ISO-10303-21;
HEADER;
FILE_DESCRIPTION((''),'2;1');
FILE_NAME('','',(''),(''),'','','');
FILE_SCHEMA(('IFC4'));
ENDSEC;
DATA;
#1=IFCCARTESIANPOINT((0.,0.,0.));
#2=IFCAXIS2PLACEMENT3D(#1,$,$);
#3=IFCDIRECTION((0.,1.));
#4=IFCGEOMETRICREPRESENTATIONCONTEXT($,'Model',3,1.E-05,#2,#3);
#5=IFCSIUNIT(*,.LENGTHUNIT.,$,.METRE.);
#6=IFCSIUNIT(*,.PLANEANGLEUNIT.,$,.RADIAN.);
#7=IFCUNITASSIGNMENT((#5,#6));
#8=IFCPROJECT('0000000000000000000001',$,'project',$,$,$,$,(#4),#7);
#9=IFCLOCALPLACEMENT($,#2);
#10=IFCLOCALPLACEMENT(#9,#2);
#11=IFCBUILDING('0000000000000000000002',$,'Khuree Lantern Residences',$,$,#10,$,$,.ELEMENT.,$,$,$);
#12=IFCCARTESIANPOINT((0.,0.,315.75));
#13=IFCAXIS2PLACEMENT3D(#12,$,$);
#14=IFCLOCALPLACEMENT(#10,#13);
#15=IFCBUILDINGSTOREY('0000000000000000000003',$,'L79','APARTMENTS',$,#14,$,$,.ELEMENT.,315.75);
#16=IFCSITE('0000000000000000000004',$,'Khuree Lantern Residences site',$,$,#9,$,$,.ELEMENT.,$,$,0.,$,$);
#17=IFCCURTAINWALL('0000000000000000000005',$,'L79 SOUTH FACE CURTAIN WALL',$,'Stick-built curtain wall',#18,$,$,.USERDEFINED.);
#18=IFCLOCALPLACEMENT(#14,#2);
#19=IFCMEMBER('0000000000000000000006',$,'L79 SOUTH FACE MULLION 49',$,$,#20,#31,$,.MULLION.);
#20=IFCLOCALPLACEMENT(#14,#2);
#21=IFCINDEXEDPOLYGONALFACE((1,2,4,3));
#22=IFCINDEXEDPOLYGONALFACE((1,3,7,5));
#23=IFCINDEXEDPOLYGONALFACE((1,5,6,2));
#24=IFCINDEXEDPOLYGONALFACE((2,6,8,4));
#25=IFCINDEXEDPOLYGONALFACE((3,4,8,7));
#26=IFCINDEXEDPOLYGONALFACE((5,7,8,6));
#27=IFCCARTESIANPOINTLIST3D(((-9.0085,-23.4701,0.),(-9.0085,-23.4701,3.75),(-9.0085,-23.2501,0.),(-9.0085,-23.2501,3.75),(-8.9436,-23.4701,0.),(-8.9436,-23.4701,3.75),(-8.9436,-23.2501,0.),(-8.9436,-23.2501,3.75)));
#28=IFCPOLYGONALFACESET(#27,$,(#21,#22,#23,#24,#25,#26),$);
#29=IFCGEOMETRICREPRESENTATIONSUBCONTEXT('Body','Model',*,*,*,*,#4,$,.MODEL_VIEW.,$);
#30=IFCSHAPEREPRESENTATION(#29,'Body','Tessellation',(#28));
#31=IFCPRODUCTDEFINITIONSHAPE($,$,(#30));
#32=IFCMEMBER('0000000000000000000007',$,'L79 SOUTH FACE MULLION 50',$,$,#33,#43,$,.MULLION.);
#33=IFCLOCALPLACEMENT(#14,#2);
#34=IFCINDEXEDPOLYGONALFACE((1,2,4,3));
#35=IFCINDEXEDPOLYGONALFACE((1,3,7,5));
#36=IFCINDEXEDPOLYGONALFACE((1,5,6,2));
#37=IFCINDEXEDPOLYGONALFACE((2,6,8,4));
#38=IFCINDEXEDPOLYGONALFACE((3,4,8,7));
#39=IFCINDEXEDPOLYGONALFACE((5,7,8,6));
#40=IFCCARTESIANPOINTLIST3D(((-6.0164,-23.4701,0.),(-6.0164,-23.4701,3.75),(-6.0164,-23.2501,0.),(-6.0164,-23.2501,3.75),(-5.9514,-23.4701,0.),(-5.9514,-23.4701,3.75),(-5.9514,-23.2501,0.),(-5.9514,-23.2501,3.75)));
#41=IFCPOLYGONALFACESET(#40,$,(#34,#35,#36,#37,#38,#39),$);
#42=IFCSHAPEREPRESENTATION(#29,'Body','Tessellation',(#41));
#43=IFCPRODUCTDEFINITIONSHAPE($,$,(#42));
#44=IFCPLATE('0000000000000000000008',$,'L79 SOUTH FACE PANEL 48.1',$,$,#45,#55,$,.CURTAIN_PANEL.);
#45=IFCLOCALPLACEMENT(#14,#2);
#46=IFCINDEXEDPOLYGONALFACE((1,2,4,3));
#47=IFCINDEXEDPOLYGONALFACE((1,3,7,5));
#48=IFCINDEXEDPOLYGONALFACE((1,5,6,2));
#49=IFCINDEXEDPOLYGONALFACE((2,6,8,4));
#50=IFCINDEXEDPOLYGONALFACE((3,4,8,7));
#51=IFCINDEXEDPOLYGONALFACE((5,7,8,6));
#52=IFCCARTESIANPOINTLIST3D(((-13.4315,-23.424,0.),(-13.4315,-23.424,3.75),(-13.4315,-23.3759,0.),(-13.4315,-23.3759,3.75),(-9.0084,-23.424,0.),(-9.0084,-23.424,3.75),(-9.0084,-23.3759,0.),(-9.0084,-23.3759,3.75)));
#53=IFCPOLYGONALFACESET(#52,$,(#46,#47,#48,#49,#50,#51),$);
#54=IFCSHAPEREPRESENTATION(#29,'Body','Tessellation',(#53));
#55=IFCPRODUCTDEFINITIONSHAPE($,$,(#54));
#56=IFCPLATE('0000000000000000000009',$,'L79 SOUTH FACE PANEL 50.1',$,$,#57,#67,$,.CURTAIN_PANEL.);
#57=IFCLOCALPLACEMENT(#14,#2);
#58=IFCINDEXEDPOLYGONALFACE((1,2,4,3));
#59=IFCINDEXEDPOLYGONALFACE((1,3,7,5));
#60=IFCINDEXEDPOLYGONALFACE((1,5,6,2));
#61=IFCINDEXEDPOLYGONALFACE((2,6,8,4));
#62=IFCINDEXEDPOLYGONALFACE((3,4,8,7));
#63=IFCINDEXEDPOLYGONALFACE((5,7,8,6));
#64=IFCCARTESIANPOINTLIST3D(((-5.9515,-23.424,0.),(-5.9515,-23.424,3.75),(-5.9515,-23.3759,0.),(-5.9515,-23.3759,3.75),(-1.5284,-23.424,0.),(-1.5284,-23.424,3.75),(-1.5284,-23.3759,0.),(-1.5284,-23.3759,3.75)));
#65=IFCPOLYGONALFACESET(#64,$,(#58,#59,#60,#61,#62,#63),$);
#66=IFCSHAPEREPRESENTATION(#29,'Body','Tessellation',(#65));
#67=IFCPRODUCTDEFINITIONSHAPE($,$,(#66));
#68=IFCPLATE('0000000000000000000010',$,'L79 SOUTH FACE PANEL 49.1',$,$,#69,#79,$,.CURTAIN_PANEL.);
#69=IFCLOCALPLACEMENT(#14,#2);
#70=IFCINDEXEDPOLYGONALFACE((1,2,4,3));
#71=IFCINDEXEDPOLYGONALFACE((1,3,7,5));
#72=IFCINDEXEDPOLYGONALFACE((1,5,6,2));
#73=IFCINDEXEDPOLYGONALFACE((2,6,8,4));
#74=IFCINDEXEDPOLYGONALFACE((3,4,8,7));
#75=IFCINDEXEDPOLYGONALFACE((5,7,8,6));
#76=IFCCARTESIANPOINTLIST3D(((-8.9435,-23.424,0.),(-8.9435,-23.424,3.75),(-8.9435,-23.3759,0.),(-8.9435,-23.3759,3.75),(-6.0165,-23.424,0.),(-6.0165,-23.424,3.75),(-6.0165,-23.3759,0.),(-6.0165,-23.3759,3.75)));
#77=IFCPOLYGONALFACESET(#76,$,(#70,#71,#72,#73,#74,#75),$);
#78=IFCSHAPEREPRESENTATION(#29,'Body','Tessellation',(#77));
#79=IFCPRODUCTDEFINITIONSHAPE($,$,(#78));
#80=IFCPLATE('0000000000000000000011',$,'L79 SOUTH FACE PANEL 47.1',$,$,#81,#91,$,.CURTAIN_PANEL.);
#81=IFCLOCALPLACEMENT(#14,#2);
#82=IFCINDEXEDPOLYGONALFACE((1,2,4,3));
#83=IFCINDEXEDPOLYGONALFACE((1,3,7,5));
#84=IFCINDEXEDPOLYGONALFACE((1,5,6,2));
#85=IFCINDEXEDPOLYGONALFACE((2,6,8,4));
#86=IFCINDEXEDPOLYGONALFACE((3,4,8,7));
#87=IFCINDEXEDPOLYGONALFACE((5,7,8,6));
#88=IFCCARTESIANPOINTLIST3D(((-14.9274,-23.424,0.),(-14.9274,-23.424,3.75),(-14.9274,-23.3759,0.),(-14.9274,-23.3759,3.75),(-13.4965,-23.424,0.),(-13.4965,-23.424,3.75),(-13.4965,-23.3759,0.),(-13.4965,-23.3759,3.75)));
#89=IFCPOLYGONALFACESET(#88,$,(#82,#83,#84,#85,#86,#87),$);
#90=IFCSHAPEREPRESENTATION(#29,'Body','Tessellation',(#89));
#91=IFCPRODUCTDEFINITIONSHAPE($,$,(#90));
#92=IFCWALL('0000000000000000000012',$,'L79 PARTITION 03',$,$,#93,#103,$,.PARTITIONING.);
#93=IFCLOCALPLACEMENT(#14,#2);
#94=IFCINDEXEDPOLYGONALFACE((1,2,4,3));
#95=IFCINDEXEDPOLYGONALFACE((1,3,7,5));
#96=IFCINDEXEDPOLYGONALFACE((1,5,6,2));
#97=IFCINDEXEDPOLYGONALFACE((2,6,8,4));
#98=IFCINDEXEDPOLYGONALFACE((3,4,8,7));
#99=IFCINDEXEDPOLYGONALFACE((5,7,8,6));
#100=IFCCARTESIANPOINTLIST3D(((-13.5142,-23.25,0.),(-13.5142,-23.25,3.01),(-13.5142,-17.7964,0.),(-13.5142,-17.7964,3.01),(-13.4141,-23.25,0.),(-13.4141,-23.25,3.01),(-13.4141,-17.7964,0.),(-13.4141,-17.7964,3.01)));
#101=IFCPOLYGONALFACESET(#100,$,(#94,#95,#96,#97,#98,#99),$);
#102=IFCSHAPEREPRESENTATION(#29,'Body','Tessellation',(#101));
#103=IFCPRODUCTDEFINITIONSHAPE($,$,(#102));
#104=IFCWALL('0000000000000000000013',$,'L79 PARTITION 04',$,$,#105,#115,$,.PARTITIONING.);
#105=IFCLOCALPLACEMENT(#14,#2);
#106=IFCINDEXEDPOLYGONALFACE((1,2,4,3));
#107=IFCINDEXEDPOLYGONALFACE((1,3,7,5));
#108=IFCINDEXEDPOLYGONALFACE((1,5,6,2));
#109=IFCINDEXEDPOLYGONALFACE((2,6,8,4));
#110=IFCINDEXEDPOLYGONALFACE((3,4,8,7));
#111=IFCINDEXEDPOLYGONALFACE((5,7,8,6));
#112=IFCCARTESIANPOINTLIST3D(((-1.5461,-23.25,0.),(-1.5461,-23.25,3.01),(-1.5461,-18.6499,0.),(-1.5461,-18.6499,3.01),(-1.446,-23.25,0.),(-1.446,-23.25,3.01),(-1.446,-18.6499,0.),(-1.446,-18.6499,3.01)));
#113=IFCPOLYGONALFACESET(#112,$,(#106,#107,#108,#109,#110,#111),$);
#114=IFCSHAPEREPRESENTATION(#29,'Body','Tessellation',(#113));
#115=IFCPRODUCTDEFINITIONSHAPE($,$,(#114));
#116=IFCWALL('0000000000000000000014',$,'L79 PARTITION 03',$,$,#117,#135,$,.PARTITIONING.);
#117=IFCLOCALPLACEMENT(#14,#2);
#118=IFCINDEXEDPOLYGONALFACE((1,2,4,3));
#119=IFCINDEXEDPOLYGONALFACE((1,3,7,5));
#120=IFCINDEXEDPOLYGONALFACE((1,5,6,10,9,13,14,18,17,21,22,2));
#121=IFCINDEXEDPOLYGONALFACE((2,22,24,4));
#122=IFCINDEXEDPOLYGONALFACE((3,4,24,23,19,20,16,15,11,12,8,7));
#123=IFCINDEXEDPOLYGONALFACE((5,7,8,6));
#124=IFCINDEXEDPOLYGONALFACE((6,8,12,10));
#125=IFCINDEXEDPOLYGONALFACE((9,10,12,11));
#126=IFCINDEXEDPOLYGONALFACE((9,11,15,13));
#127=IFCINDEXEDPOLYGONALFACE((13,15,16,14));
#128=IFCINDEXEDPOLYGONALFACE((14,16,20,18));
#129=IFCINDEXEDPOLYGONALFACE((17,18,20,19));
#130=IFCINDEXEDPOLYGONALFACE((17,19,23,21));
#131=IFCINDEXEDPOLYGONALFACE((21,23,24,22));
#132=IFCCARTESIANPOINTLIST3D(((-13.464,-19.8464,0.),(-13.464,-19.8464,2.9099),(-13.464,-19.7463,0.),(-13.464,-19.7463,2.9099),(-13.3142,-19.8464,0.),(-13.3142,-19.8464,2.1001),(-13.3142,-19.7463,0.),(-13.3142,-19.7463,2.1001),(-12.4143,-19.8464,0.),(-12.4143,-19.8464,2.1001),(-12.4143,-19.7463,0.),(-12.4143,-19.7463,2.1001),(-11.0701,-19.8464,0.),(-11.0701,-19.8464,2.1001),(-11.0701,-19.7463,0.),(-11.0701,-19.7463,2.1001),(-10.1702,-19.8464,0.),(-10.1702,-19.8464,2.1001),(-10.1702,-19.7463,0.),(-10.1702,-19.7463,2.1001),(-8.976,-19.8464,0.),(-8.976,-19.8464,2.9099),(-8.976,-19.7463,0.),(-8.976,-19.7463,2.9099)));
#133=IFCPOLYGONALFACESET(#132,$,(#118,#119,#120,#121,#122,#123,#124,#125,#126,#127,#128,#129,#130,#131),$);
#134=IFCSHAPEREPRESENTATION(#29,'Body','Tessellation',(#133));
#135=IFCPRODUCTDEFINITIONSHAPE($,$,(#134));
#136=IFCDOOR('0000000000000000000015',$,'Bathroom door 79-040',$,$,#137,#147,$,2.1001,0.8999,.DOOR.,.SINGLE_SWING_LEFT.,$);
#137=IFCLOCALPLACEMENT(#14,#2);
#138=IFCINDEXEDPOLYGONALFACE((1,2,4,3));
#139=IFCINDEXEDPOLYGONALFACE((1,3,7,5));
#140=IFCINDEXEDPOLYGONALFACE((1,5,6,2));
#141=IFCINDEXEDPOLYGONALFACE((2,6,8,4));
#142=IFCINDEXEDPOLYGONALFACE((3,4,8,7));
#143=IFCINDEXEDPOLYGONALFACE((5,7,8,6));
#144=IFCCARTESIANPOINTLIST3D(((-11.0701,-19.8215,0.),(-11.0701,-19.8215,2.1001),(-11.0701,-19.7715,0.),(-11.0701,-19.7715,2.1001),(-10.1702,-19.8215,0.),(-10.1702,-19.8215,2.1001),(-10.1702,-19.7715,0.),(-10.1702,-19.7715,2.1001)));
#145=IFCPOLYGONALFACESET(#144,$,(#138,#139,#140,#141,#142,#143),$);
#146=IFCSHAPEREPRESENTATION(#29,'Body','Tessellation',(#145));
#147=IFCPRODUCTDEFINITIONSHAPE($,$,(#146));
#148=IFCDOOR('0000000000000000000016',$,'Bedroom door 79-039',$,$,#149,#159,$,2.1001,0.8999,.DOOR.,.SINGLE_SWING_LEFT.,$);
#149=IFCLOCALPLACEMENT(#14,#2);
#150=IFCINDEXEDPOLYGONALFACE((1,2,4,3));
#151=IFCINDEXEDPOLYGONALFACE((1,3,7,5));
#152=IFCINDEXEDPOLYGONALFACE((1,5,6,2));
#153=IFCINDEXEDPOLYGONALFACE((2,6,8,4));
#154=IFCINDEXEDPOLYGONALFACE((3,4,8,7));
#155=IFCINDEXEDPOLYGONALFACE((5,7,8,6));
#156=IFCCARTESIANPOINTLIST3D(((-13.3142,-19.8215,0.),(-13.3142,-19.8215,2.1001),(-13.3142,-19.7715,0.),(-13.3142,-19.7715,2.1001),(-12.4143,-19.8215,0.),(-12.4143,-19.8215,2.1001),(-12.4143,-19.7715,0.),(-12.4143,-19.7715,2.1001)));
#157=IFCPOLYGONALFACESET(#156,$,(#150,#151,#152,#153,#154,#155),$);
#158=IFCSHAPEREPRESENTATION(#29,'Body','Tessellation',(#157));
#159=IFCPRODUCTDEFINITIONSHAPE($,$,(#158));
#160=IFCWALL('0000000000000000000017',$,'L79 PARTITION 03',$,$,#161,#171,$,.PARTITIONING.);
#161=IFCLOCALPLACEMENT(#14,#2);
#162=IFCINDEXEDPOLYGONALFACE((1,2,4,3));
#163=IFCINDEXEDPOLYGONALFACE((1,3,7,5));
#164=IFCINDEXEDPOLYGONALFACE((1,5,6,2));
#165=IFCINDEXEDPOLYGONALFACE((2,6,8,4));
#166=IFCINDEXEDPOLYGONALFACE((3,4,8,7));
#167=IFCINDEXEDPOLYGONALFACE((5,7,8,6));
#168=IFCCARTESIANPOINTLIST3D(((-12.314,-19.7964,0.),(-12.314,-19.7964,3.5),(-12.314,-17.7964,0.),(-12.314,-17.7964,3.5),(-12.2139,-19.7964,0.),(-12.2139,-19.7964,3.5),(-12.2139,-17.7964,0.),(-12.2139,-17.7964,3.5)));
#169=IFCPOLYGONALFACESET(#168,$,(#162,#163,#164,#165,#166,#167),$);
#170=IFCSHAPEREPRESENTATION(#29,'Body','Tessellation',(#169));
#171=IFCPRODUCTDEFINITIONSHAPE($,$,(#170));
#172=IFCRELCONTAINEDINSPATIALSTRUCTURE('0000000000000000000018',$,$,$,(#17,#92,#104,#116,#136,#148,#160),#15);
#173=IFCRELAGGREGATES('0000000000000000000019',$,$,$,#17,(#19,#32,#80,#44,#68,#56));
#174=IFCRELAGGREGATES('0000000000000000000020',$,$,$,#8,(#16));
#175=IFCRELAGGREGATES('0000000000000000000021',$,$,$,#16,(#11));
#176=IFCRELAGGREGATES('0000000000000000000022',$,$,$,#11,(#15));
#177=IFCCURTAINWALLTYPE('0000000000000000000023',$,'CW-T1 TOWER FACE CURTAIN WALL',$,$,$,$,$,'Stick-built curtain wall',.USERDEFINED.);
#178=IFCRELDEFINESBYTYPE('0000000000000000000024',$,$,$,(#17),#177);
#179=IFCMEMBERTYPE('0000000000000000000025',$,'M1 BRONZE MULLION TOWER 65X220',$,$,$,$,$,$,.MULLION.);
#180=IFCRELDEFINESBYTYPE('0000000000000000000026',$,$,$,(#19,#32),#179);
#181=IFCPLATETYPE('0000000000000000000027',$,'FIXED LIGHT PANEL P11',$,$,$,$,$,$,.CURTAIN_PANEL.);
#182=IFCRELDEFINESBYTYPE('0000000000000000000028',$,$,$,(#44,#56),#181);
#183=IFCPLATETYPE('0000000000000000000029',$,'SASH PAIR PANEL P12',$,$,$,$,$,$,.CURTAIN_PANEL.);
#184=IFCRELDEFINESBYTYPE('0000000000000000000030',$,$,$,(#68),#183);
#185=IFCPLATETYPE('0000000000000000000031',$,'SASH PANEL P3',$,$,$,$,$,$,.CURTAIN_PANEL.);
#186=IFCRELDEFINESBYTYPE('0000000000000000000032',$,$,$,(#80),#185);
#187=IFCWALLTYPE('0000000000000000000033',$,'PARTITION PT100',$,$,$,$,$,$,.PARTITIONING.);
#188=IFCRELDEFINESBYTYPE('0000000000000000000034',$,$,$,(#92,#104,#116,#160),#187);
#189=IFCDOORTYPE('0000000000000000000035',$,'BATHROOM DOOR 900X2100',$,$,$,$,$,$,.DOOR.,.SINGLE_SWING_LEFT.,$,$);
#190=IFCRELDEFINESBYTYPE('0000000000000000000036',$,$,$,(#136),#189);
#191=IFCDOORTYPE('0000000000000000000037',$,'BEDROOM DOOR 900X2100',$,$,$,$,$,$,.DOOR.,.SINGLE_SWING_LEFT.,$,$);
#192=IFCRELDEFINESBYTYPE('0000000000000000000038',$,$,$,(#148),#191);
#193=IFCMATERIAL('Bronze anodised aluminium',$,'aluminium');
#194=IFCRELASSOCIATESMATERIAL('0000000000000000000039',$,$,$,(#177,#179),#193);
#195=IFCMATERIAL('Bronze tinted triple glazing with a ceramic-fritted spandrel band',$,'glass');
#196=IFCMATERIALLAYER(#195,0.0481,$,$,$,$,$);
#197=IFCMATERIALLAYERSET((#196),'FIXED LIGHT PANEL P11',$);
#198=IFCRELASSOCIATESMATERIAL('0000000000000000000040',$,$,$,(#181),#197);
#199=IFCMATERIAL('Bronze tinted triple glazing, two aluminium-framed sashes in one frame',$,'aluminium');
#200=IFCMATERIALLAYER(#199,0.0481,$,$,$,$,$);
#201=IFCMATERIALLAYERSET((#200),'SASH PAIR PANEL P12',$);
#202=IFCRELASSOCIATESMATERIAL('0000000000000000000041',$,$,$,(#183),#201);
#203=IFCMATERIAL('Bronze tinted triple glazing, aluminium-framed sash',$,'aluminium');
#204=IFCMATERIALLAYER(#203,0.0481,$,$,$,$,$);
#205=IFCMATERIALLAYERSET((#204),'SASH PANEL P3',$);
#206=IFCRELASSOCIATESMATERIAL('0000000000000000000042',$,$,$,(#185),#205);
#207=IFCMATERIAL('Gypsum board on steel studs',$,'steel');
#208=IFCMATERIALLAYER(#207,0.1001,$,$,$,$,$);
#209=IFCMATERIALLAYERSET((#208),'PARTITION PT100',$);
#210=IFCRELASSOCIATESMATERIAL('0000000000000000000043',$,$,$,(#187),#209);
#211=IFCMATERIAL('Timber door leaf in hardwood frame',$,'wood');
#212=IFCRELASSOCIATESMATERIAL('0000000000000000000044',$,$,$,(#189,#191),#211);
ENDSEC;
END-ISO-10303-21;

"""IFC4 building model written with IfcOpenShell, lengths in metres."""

from ifc_helpers import new_model, si_unit, direction, frame, frame_2d, origin, origin_2d, place, context, subcontext, project, spatial, rectangle, extrude, material, layer, layer_set, material_profile, profile_set, type_object, element, fill, aggregate, save


model = new_model("IFC4")

# Units and contexts
model_context = context("Model", 3, precision=1e-05, world=origin(), true_north=direction((0.0, 1.0)))
body_context = subcontext(model_context, "Body", "Model", "MODEL_VIEW")
ifc_project = project(units=[si_unit("LENGTHUNIT", "METRE"), si_unit("PLANEANGLEUNIT", "RADIAN")], contexts=[model_context])

# Site, building, storey
site_placement = place(None, origin())
site = spatial("IfcSite", under=ifc_project, at=site_placement, Name="Khuree Lantern Residences site", CompositionType="ELEMENT", RefElevation=0.0)
building_placement = place(site_placement, origin())
building = spatial("IfcBuilding", under=site, at=building_placement, Name="Khuree Lantern Residences", CompositionType="ELEMENT")
storey_placement = place(building_placement, frame((0.0, 0.0, 315.75)))
storey = spatial("IfcBuildingStorey", under=building, at=storey_placement, Name="L79", Description="APARTMENTS", CompositionType="ELEMENT", Elevation=315.75)

# Curtain wall
ifc_material_1 = material(Name="Bronze anodised aluminium", Category="aluminium")
curtain_wall_type = type_object("IfcCurtainWallType", Name="CW-T1 TOWER FACE CURTAIN WALL", ElementType="Stick-built curtain wall", PredefinedType="USERDEFINED", material=ifc_material_1)
curtain_wall_placement = place(storey_placement, origin())
curtain_wall = element("IfcCurtainWall", 1, at=curtain_wall_placement, inside=storey, type_object=curtain_wall_type, Name="L79 SOUTH FACE CURTAIN WALL", ObjectType="Stick-built curtain wall", PredefinedType="USERDEFINED")

# Members
ifc_material_profile_1 = material_profile(ifc_material_1, rectangle(XDim=0.0649, YDim=0.22, at=origin_2d()), Name="M1 65X220")
ifc_profile_set_1 = profile_set([ifc_material_profile_1], Name="Bronze anodised aluminium")
member_type_1 = type_object("IfcMemberType", Name="M1 BRONZE MULLION TOWER 65X220", PredefinedType="MULLION", material=ifc_profile_set_1)
member_1_placement = place(storey_placement, frame((-8.9761, -23.3601, 0.0), z_axis=(0.0, 0.0, 1.0), x_axis=(1.0, 0.0, 0.0)))
member_1 = element("IfcMember", 2, at=member_1_placement, type_object=member_type_1, Name="L79 SOUTH FACE MULLION 49", PredefinedType="MULLION", context=body_context, shape_type="SweptSolid", body=[
    extrude(rectangle(XDim=0.0649, YDim=0.22, at=origin_2d()), origin(), (0.0, 0.0, 1.0), 3.75),
])
member_2_placement = place(storey_placement, frame((-5.9839, -23.3601, 0.0), z_axis=(0.0, 0.0, 1.0), x_axis=(1.0, 0.0, 0.0)))
member_2 = element("IfcMember", 3, at=member_2_placement, type_object=member_type_1, Name="L79 SOUTH FACE MULLION 50", PredefinedType="MULLION", context=body_context, shape_type="SweptSolid", body=[
    extrude(rectangle(XDim=0.0649, YDim=0.22, at=origin_2d()), origin(), (0.0, 0.0, 1.0), 3.75),
])

# Plates
ifc_material_2 = material(Name="Bronze tinted triple glazing with a ceramic-fritted spandrel band", Category="glass")
ifc_layer_1 = layer(ifc_material_2, 0.0481)
ifc_layer_set_1 = layer_set([ifc_layer_1], Name="FIXED LIGHT PANEL P11")
plate_type_1 = type_object("IfcPlateType", Name="FIXED LIGHT PANEL P11", PredefinedType="CURTAIN_PANEL", material=ifc_layer_set_1)
plate_1_placement = place(storey_placement, frame((-11.22, -23.3999, 0.0), z_axis=(0.0, 0.0, 1.0), x_axis=(1.0, 0.0, 0.0)))
plate_1 = element("IfcPlate", 4, at=plate_1_placement, type_object=plate_type_1, Name="L79 SOUTH FACE PANEL 48.1", PredefinedType="CURTAIN_PANEL", context=body_context, shape_type="SweptSolid", body=[
    extrude(rectangle(XDim=4.4231, YDim=0.0481, at=origin_2d()), origin(), (0.0, 0.0, 1.0), 3.75),
])
plate_2_placement = place(storey_placement, frame((-3.74, -23.3999, 0.0), z_axis=(0.0, 0.0, 1.0), x_axis=(1.0, 0.0, 0.0)))
plate_2 = element("IfcPlate", 5, at=plate_2_placement, type_object=plate_type_1, Name="L79 SOUTH FACE PANEL 50.1", PredefinedType="CURTAIN_PANEL", context=body_context, shape_type="SweptSolid", body=[
    extrude(rectangle(XDim=4.4231, YDim=0.0481, at=origin_2d()), origin(), (0.0, 0.0, 1.0), 3.75),
])
ifc_material_3 = material(Name="Bronze tinted triple glazing, two aluminium-framed sashes in one frame", Category="aluminium")
ifc_layer_2 = layer(ifc_material_3, 0.0481)
ifc_layer_set_2 = layer_set([ifc_layer_2], Name="SASH PAIR PANEL P12")
plate_type_2 = type_object("IfcPlateType", Name="SASH PAIR PANEL P12", PredefinedType="CURTAIN_PANEL", material=ifc_layer_set_2)
plate_3_placement = place(storey_placement, frame((-7.48, -23.3999, 0.0), z_axis=(0.0, 0.0, 1.0), x_axis=(1.0, 0.0, 0.0)))
plate_3 = element("IfcPlate", 6, at=plate_3_placement, type_object=plate_type_2, Name="L79 SOUTH FACE PANEL 49.1", PredefinedType="CURTAIN_PANEL", context=body_context, shape_type="SweptSolid", body=[
    extrude(rectangle(XDim=2.927, YDim=0.0481, at=origin_2d()), origin(), (0.0, 0.0, 1.0), 3.75),
])
ifc_material_4 = material(Name="Bronze tinted triple glazing, aluminium-framed sash", Category="aluminium")
ifc_layer_3 = layer(ifc_material_4, 0.0481)
ifc_layer_set_3 = layer_set([ifc_layer_3], Name="SASH PANEL P3")
plate_type_3 = type_object("IfcPlateType", Name="SASH PANEL P3", PredefinedType="CURTAIN_PANEL", material=ifc_layer_set_3)
plate_4_placement = place(storey_placement, frame((-14.2119, -23.3999, 0.0), z_axis=(0.0, 0.0, 1.0), x_axis=(1.0, 0.0, 0.0)))
plate_4 = element("IfcPlate", 7, at=plate_4_placement, type_object=plate_type_3, Name="L79 SOUTH FACE PANEL 47.1", PredefinedType="CURTAIN_PANEL", context=body_context, shape_type="SweptSolid", body=[
    extrude(rectangle(XDim=1.4309, YDim=0.0481, at=origin_2d()), origin(), (0.0, 0.0, 1.0), 3.75),
])
aggregate(curtain_wall, [member_1, member_2, plate_4, plate_1, plate_3, plate_2])

# Walls
ifc_material_5 = material(Name="Gypsum board on steel studs", Category="steel")
ifc_layer_4 = layer(ifc_material_5, 0.1001)
ifc_layer_set_4 = layer_set([ifc_layer_4], Name="PARTITION PT100")
wall_type = type_object("IfcWallType", Name="PARTITION PT100", PredefinedType="PARTITIONING", material=ifc_layer_set_4)
wall_1_placement = place(storey_placement, frame((-13.4641, -17.7964, 0.0), z_axis=(0.0, 0.0, 1.0), x_axis=(0.0, -1.0, 0.0)))
element("IfcWall", 8, at=wall_1_placement, inside=storey, type_object=wall_type, Name="L79 PARTITION 03", PredefinedType="PARTITIONING", context=body_context, shape_type="SweptSolid", body=[
    extrude(rectangle(XDim=5.4536, YDim=0.1001, at=frame_2d((2.7268, 0.0))), origin(), (0.0, 0.0, 1.0), 3.01),
])
wall_2_placement = place(storey_placement, frame((-1.4961, -18.6499, 0.0), z_axis=(0.0, 0.0, 1.0), x_axis=(0.0, -1.0, 0.0)))
element("IfcWall", 9, at=wall_2_placement, inside=storey, type_object=wall_type, Name="L79 PARTITION 04", PredefinedType="PARTITIONING", context=body_context, shape_type="SweptSolid", body=[
    extrude(rectangle(XDim=4.6001, YDim=0.1001, at=frame_2d((2.3, 0.0))), origin(), (0.0, 0.0, 1.0), 3.01),
])

# Wall, openings, doors
wall_3_placement = place(storey_placement, frame((-13.4641, -19.7964, 0.0), z_axis=(0.0, 0.0, 1.0), x_axis=(1.0, 0.0, 0.0)))
wall_3 = element("IfcWall", 10, at=wall_3_placement, inside=storey, type_object=wall_type, Name="L79 PARTITION 03", PredefinedType="PARTITIONING", context=body_context, shape_type="SweptSolid", body=[
    extrude(rectangle(XDim=4.488, YDim=0.1001, at=frame_2d((2.2441, 0.0))), origin(), (0.0, 0.0, 1.0), 2.9099),
])
opening_1_placement = place(wall_3_placement, frame((0.1499, 0.0, 0.0)))
opening_1 = element("IfcOpeningElement", 11, at=opening_1_placement, cuts=wall_3, PredefinedType="OPENING", context=body_context, shape_type="SweptSolid", body=[
    extrude(rectangle(XDim=0.8999, YDim=2.1001, at=frame_2d((0.45, 1.05))), frame((0.0, 0.0601, 0.0), z_axis=(0.0, -1.0, 0.0), x_axis=(1.0, 0.0, 0.0)), (0.0, 0.0, 1.0), 0.1201),
])
opening_2_placement = place(wall_3_placement, frame((2.394, 0.0, 0.0)))
opening_2 = element("IfcOpeningElement", 12, at=opening_2_placement, cuts=wall_3, PredefinedType="OPENING", context=body_context, shape_type="SweptSolid", body=[
    extrude(rectangle(XDim=0.8999, YDim=2.1001, at=frame_2d((0.45, 1.05))), frame((0.0, 0.0601, 0.0), z_axis=(0.0, -1.0, 0.0), x_axis=(1.0, 0.0, 0.0)), (0.0, 0.0, 1.0), 0.1201),
])
ifc_material_6 = material(Name="Timber door leaf in hardwood frame", Category="wood")
door_type_1 = type_object("IfcDoorType", Name="BATHROOM DOOR 900X2100", OperationType="SINGLE_SWING_LEFT", PredefinedType="DOOR", material=ifc_material_6)
door_1_placement = place(opening_2_placement, origin())
door_1 = element("IfcDoor", 13, at=door_1_placement, inside=storey, type_object=door_type_1, Name="Bathroom door 79-040", OperationType="SINGLE_SWING_LEFT", OverallHeight=2.1001, OverallWidth=0.8999, PredefinedType="DOOR", context=body_context, shape_type="SweptSolid", body=[
    extrude(rectangle(XDim=0.8999, YDim=2.1001, at=frame_2d((0.45, 1.05))), frame((0.0, 0.0249, 0.0), z_axis=(0.0, -1.0, 0.0), x_axis=(1.0, 0.0, 0.0)), (0.0, 0.0, 1.0), 0.05),
])
fill(opening_2, door_1)
door_type_2 = type_object("IfcDoorType", Name="BEDROOM DOOR 900X2100", OperationType="SINGLE_SWING_LEFT", PredefinedType="DOOR", material=ifc_material_6)
door_2_placement = place(opening_1_placement, origin())
door_2 = element("IfcDoor", 14, at=door_2_placement, inside=storey, type_object=door_type_2, Name="Bedroom door 79-039", OperationType="SINGLE_SWING_LEFT", OverallHeight=2.1001, OverallWidth=0.8999, PredefinedType="DOOR", context=body_context, shape_type="SweptSolid", body=[
    extrude(rectangle(XDim=0.8999, YDim=2.1001, at=frame_2d((0.45, 1.05))), frame((0.0, 0.0249, 0.0), z_axis=(0.0, -1.0, 0.0), x_axis=(1.0, 0.0, 0.0)), (0.0, 0.0, 1.0), 0.05),
])
fill(opening_1, door_2)

# Wall
wall_4_placement = place(storey_placement, frame((-12.2639, -17.7964, 0.0), z_axis=(0.0, 0.0, 1.0), x_axis=(0.0, -1.0, 0.0)))
element("IfcWall", 15, at=wall_4_placement, inside=storey, type_object=wall_type, Name="L79 PARTITION 03", PredefinedType="PARTITIONING", context=body_context, shape_type="SweptSolid", body=[
    extrude(rectangle(XDim=2.0, YDim=0.1001, at=frame_2d((1.0, 0.0))), origin(), (0.0, 0.0, 1.0), 3.5),
])

save(model, "model.ifc")
